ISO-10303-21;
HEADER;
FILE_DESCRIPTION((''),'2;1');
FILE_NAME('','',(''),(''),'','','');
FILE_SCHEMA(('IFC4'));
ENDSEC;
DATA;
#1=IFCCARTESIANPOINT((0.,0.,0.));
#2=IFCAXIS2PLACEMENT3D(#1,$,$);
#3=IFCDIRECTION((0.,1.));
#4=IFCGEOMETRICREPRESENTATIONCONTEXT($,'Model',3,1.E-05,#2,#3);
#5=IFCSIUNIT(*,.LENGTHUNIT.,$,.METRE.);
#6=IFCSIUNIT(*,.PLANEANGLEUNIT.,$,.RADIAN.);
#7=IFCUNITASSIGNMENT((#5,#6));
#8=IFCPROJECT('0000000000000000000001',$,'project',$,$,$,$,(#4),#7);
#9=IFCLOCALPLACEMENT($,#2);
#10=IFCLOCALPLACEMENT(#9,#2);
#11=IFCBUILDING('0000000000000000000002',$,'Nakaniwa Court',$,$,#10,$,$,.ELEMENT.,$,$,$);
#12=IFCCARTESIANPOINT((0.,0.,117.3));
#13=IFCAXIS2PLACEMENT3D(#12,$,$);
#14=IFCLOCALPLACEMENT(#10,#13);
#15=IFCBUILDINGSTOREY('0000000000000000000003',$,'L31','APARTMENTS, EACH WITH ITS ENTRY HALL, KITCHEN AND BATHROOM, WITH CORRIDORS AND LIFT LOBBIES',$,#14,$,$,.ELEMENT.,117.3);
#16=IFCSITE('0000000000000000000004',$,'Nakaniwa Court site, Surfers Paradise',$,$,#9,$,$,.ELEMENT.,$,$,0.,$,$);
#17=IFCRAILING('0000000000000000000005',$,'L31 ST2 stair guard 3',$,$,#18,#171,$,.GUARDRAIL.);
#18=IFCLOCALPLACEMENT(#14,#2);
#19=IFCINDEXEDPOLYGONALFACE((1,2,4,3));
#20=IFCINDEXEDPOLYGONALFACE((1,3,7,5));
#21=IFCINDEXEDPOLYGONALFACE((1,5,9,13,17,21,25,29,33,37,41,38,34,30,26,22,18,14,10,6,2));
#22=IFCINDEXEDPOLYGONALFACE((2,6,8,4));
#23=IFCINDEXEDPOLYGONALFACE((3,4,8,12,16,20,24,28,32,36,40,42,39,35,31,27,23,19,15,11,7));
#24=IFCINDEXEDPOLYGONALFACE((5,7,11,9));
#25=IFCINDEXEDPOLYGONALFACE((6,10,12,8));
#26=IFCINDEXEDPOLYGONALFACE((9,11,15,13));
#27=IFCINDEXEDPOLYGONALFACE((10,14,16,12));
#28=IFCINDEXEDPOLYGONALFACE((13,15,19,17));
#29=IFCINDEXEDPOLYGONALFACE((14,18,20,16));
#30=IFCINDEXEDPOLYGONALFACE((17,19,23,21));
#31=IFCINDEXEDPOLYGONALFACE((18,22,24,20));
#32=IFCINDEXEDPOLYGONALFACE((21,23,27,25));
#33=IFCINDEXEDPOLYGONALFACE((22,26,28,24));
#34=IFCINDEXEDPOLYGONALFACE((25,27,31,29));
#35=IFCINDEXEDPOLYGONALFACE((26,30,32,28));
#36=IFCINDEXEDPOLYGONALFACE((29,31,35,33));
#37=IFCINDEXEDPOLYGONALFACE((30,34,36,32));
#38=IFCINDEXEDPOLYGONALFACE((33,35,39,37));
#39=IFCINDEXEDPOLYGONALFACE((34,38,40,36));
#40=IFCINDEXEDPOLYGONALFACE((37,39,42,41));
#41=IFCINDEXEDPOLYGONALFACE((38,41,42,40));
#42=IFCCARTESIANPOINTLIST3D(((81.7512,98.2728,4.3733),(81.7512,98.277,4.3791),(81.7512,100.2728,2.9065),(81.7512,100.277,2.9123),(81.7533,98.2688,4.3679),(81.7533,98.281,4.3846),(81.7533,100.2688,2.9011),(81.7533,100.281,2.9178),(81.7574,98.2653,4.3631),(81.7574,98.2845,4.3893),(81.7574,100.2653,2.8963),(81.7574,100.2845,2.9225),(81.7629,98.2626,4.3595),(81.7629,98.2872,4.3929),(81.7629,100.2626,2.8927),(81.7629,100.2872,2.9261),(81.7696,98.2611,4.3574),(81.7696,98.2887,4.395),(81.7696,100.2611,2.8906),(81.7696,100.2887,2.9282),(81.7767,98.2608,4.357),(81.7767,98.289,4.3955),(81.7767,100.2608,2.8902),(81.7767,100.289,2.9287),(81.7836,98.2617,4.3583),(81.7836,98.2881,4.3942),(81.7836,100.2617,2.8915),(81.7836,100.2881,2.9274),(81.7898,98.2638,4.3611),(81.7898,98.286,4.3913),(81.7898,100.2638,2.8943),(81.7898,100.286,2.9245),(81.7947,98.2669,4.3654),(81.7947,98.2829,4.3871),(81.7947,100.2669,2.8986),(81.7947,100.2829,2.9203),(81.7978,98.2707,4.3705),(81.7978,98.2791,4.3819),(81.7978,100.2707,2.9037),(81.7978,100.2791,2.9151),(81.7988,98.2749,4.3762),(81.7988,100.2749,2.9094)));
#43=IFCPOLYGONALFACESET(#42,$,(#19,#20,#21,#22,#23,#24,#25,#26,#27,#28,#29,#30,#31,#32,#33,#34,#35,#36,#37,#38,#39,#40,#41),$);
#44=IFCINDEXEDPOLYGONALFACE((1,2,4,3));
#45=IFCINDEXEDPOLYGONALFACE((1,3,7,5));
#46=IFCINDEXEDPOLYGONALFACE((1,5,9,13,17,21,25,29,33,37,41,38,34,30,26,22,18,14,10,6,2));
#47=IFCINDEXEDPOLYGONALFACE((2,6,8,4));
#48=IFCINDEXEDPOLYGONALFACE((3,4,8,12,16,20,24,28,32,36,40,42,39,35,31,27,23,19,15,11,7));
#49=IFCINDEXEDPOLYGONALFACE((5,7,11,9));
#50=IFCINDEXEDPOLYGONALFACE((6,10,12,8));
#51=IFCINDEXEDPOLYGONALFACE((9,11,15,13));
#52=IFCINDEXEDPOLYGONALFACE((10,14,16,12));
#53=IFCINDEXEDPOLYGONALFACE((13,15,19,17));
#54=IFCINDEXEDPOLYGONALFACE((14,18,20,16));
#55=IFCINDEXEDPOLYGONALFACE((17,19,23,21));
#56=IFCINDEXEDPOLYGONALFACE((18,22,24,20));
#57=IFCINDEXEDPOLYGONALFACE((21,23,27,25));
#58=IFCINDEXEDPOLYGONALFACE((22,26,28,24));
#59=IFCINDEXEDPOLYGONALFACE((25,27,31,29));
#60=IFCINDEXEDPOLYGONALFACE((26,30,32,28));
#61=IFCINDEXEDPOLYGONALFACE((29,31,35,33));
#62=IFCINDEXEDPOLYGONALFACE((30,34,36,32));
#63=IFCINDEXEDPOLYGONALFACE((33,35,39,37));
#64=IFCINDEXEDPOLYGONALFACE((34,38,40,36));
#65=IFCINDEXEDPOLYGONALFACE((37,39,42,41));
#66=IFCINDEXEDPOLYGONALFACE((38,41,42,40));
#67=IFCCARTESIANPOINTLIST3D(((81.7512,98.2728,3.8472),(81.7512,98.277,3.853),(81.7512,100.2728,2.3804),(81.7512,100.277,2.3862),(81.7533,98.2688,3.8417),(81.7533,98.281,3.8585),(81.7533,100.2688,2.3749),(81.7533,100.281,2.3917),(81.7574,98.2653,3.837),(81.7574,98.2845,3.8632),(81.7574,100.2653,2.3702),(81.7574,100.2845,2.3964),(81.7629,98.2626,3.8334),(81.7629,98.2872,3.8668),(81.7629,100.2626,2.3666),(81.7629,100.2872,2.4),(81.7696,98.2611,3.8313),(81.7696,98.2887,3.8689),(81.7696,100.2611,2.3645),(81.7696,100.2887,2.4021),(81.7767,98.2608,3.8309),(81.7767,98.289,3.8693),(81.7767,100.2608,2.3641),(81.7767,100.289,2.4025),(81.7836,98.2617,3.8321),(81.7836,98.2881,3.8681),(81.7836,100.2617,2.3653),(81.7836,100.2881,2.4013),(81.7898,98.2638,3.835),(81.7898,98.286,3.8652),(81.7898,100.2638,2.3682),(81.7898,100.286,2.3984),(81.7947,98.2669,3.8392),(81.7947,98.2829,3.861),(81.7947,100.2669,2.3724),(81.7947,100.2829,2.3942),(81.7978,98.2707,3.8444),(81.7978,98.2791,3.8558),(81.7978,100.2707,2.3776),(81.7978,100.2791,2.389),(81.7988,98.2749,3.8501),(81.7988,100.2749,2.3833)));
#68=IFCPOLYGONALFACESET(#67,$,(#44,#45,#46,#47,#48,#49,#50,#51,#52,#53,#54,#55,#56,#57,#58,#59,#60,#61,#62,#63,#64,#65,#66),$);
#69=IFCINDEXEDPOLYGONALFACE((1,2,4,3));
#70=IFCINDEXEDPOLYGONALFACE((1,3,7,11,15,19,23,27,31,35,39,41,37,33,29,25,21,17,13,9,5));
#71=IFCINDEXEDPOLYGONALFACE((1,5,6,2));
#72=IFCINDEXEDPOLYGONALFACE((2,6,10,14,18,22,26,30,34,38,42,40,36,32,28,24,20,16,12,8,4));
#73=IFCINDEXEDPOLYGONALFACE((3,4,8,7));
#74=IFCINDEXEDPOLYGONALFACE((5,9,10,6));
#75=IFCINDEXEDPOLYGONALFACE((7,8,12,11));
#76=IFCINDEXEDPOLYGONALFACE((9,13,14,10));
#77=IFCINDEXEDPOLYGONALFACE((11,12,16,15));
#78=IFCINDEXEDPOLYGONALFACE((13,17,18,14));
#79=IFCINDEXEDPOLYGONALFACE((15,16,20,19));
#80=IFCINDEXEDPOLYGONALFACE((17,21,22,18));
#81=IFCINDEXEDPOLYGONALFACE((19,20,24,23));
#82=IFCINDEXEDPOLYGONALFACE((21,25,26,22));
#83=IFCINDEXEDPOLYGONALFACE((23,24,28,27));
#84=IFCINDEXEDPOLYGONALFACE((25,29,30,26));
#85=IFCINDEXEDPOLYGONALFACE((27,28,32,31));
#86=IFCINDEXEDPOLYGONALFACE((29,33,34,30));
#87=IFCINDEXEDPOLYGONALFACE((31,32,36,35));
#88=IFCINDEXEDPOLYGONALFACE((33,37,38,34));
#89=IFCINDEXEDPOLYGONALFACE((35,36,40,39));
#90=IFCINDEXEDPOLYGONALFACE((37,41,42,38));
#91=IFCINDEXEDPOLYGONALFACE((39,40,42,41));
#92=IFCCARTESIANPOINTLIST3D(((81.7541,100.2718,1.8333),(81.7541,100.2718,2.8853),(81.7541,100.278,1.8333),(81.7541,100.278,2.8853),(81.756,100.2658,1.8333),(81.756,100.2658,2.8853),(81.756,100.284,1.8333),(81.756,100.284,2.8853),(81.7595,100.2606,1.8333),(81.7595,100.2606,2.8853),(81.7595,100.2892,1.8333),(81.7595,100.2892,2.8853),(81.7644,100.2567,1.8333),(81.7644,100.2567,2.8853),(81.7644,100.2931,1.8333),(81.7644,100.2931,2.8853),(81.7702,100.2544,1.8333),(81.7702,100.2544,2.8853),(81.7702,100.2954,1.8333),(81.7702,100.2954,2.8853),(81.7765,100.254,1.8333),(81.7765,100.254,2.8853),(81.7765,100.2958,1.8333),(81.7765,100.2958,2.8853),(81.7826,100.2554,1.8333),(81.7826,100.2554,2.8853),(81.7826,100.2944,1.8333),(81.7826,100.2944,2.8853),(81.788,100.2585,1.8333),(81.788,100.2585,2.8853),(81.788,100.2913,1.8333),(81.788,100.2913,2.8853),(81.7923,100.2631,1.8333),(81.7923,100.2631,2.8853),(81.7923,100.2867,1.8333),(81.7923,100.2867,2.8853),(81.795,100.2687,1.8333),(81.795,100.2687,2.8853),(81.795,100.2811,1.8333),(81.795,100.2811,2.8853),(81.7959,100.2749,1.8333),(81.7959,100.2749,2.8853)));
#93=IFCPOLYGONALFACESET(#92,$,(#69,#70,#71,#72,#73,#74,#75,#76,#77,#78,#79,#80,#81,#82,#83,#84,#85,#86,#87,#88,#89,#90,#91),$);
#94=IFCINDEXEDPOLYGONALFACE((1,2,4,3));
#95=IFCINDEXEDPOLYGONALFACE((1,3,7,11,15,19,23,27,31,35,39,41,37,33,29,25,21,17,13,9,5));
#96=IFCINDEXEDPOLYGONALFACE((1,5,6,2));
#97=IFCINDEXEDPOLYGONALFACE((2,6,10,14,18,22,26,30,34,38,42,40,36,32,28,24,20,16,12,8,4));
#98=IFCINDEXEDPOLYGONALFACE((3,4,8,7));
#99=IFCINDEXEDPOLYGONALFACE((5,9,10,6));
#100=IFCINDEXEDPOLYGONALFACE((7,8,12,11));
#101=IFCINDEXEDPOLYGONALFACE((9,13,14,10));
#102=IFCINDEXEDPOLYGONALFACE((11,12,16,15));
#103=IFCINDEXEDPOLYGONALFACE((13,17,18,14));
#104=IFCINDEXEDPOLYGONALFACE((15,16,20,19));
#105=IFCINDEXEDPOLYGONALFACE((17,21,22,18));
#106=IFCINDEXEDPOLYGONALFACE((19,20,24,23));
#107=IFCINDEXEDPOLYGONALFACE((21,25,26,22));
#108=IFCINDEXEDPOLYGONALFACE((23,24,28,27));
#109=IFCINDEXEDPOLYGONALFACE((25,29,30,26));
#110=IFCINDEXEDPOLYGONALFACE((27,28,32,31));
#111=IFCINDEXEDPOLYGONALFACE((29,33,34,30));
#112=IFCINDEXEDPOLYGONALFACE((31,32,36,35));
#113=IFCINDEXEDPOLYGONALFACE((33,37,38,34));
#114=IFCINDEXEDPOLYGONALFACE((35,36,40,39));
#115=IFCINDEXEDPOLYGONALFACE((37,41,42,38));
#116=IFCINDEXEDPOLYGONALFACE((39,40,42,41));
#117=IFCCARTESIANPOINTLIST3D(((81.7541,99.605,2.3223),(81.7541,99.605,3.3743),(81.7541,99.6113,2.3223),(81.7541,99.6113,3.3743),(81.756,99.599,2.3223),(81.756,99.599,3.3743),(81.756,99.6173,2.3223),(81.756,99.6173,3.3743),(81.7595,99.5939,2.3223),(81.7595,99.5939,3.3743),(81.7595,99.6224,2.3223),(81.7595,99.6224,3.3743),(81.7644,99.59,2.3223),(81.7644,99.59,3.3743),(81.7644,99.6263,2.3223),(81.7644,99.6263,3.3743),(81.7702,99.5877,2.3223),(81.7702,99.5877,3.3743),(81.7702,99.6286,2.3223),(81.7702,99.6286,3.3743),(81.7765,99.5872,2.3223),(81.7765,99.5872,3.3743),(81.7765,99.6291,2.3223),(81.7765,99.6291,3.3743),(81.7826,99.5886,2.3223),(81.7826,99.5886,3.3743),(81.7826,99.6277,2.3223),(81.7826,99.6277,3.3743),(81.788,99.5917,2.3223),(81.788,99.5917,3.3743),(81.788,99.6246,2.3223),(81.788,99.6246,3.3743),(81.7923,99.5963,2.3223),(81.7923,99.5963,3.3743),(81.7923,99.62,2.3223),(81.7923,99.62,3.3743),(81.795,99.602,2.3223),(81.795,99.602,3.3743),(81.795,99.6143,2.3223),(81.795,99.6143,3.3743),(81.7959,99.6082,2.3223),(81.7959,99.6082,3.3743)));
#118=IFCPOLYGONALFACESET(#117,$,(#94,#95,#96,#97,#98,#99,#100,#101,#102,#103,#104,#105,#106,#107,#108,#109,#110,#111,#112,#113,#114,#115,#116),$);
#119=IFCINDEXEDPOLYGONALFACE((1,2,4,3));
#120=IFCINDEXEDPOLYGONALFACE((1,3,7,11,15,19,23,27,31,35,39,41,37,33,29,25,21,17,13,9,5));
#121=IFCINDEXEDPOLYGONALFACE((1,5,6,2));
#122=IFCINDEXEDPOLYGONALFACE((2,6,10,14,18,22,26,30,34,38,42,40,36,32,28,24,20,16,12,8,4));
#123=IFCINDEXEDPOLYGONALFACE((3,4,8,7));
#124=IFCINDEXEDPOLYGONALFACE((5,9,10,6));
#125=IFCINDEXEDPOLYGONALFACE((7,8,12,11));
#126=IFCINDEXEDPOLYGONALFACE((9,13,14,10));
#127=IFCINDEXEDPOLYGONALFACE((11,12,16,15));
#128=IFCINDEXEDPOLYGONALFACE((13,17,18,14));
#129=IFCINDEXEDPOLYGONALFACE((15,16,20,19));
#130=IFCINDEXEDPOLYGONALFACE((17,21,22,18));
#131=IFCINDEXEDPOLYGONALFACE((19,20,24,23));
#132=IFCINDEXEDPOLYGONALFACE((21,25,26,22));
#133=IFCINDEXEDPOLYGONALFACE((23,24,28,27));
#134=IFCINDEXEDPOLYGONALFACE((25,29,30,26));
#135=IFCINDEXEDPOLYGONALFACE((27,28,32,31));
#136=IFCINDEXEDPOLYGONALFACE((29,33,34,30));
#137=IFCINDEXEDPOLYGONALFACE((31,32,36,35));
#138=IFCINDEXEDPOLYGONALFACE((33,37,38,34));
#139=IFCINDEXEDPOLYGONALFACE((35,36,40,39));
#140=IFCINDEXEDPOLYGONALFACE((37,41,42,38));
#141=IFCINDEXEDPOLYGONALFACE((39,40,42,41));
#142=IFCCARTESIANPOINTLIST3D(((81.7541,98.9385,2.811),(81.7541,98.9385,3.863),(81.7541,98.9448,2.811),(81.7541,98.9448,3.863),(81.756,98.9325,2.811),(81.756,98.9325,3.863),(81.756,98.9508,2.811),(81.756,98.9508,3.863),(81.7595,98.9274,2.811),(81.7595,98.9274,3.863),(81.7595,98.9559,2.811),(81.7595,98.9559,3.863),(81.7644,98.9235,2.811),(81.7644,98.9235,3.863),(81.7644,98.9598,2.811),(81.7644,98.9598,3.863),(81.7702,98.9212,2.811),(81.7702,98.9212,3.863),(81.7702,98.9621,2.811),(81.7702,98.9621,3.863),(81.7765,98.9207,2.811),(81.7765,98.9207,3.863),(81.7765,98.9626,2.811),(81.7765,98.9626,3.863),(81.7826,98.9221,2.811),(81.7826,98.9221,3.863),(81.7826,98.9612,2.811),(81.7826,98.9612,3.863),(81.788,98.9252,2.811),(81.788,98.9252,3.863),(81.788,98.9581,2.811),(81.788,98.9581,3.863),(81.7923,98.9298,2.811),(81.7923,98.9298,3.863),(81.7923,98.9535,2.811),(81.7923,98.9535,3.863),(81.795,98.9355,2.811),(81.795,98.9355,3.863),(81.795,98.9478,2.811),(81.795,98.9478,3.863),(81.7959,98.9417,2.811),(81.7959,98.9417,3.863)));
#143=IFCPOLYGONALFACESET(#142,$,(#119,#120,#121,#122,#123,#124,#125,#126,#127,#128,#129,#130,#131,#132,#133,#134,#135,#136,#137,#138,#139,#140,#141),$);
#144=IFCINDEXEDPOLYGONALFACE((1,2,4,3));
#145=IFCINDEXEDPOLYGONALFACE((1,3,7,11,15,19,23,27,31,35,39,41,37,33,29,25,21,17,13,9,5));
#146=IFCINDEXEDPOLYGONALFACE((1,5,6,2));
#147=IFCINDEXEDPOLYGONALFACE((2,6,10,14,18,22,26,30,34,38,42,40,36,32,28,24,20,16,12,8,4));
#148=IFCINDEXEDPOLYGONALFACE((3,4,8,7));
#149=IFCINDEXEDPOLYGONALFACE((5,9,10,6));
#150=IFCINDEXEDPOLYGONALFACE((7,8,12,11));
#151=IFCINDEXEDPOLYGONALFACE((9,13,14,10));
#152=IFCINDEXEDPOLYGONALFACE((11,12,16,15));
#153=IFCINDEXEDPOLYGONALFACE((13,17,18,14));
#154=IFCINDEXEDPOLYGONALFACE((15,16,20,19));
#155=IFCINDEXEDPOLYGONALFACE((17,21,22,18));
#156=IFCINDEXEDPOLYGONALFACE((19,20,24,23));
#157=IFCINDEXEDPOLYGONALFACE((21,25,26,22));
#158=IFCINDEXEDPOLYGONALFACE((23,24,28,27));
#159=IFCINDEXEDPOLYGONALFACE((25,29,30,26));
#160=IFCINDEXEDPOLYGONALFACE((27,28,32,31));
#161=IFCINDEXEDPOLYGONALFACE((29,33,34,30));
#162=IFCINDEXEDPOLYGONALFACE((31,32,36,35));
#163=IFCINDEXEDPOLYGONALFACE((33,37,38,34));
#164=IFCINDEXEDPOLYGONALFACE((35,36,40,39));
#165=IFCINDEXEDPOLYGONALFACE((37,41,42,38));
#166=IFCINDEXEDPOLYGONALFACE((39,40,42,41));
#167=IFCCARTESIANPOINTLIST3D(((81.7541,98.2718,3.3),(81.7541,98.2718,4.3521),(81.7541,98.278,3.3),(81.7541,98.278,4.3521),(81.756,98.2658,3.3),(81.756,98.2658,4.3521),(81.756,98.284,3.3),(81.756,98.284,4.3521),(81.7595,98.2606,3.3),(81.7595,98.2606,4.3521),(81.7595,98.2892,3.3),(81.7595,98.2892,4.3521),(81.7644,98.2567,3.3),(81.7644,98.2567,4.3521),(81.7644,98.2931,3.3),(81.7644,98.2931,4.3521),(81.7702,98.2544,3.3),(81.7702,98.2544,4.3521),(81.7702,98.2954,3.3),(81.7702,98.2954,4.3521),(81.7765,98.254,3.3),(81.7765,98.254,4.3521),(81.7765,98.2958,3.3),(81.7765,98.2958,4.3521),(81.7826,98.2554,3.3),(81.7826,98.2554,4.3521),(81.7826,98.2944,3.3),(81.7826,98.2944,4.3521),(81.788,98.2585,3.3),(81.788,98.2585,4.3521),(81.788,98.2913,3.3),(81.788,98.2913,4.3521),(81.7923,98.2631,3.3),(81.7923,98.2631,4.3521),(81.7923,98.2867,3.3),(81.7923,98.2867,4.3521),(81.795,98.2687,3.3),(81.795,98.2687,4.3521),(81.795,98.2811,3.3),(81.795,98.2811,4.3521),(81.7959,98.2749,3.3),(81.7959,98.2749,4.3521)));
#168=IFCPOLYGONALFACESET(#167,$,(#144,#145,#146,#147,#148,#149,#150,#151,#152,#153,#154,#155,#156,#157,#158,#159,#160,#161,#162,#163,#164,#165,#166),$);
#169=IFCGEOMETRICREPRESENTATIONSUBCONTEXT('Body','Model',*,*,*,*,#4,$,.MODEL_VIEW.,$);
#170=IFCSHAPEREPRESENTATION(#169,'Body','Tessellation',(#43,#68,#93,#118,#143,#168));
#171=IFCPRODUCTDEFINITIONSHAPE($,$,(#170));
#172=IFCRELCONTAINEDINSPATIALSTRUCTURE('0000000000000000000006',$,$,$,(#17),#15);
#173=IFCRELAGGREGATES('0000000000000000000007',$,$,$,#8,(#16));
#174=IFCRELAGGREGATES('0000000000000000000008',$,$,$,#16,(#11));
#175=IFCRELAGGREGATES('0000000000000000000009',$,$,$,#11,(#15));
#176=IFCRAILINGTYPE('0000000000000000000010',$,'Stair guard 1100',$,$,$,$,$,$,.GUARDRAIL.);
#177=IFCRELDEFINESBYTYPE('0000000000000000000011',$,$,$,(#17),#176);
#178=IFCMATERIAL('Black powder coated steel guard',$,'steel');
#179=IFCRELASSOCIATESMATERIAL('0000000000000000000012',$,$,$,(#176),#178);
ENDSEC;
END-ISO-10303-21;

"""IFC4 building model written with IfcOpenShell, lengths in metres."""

from ifc_helpers import new_model, si_unit, direction, frame, origin, origin_2d, place, context, subcontext, project, spatial, circle, extrude, material, type_object, element, save


model = new_model("IFC4")

# Units and contexts
model_context = context("Model", 3, precision=1e-05, world=origin(), true_north=direction((0.0, 1.0)))
body_context = subcontext(model_context, "Body", "Model", "MODEL_VIEW")
ifc_project = project(units=[si_unit("LENGTHUNIT", "METRE"), si_unit("PLANEANGLEUNIT", "RADIAN")], contexts=[model_context])

# Site, building, storey
site_placement = place(None, origin())
site = spatial("IfcSite", under=ifc_project, at=site_placement, Name="Nakaniwa Court site, Surfers Paradise", CompositionType="ELEMENT", RefElevation=0.0)
building_placement = place(site_placement, origin())
building = spatial("IfcBuilding", under=site, at=building_placement, Name="Nakaniwa Court", CompositionType="ELEMENT")
storey_placement = place(building_placement, frame((0.0, 0.0, 117.3)))
storey = spatial("IfcBuildingStorey", under=building, at=storey_placement, Name="L31", Description="APARTMENTS, EACH WITH ITS ENTRY HALL, KITCHEN AND BATHROOM, WITH CORRIDORS AND LIFT LOBBIES", CompositionType="ELEMENT", Elevation=117.3)

# Railing
ifc_material_1 = material(Name="Black powder coated steel guard", Category="steel")
railing_type_1 = type_object("IfcRailingType", Name="Stair guard 1100", PredefinedType="GUARDRAIL", material=ifc_material_1)
railing_1_placement = place(storey_placement, frame((81.7749, 100.2749, 1.8333)))
element("IfcRailing", 1, at=railing_1_placement, inside=storey, type_object=railing_type_1, Name="L31 ST2 stair guard 3", PredefinedType="GUARDRAIL", context=body_context, shape_type="SweptSolid", body=[
    extrude(circle(Radius=0.0239, at=origin_2d()), frame((0.0, 0.0, 1.0762), z_axis=(0.0, -0.80638, 0.591398), x_axis=(1.0, 0.0, 0.0)), (0.0, 0.0, 1.0), 2.4802),
    extrude(circle(Radius=0.0239, at=origin_2d()), frame((0.0, 0.0, 0.55), z_axis=(0.0, -0.80638, 0.591398), x_axis=(1.0, 0.0, 0.0)), (0.0, 0.0, 1.0), 2.4802),
    extrude(circle(Radius=0.021, at=origin_2d()), origin(), (0.0, 0.0, 1.0), 1.052),
    extrude(circle(Radius=0.021, at=origin_2d()), frame((0.0, -0.6667, 0.489)), (0.0, 0.0, 1.0), 1.052),
    extrude(circle(Radius=0.021, at=origin_2d()), frame((0.0, -1.3333, 0.9778)), (0.0, 0.0, 1.0), 1.052),
    extrude(circle(Radius=0.021, at=origin_2d()), frame((0.0, -2.0, 1.4668)), (0.0, 0.0, 1.0), 1.052),
])

save(model, "model.ifc")
